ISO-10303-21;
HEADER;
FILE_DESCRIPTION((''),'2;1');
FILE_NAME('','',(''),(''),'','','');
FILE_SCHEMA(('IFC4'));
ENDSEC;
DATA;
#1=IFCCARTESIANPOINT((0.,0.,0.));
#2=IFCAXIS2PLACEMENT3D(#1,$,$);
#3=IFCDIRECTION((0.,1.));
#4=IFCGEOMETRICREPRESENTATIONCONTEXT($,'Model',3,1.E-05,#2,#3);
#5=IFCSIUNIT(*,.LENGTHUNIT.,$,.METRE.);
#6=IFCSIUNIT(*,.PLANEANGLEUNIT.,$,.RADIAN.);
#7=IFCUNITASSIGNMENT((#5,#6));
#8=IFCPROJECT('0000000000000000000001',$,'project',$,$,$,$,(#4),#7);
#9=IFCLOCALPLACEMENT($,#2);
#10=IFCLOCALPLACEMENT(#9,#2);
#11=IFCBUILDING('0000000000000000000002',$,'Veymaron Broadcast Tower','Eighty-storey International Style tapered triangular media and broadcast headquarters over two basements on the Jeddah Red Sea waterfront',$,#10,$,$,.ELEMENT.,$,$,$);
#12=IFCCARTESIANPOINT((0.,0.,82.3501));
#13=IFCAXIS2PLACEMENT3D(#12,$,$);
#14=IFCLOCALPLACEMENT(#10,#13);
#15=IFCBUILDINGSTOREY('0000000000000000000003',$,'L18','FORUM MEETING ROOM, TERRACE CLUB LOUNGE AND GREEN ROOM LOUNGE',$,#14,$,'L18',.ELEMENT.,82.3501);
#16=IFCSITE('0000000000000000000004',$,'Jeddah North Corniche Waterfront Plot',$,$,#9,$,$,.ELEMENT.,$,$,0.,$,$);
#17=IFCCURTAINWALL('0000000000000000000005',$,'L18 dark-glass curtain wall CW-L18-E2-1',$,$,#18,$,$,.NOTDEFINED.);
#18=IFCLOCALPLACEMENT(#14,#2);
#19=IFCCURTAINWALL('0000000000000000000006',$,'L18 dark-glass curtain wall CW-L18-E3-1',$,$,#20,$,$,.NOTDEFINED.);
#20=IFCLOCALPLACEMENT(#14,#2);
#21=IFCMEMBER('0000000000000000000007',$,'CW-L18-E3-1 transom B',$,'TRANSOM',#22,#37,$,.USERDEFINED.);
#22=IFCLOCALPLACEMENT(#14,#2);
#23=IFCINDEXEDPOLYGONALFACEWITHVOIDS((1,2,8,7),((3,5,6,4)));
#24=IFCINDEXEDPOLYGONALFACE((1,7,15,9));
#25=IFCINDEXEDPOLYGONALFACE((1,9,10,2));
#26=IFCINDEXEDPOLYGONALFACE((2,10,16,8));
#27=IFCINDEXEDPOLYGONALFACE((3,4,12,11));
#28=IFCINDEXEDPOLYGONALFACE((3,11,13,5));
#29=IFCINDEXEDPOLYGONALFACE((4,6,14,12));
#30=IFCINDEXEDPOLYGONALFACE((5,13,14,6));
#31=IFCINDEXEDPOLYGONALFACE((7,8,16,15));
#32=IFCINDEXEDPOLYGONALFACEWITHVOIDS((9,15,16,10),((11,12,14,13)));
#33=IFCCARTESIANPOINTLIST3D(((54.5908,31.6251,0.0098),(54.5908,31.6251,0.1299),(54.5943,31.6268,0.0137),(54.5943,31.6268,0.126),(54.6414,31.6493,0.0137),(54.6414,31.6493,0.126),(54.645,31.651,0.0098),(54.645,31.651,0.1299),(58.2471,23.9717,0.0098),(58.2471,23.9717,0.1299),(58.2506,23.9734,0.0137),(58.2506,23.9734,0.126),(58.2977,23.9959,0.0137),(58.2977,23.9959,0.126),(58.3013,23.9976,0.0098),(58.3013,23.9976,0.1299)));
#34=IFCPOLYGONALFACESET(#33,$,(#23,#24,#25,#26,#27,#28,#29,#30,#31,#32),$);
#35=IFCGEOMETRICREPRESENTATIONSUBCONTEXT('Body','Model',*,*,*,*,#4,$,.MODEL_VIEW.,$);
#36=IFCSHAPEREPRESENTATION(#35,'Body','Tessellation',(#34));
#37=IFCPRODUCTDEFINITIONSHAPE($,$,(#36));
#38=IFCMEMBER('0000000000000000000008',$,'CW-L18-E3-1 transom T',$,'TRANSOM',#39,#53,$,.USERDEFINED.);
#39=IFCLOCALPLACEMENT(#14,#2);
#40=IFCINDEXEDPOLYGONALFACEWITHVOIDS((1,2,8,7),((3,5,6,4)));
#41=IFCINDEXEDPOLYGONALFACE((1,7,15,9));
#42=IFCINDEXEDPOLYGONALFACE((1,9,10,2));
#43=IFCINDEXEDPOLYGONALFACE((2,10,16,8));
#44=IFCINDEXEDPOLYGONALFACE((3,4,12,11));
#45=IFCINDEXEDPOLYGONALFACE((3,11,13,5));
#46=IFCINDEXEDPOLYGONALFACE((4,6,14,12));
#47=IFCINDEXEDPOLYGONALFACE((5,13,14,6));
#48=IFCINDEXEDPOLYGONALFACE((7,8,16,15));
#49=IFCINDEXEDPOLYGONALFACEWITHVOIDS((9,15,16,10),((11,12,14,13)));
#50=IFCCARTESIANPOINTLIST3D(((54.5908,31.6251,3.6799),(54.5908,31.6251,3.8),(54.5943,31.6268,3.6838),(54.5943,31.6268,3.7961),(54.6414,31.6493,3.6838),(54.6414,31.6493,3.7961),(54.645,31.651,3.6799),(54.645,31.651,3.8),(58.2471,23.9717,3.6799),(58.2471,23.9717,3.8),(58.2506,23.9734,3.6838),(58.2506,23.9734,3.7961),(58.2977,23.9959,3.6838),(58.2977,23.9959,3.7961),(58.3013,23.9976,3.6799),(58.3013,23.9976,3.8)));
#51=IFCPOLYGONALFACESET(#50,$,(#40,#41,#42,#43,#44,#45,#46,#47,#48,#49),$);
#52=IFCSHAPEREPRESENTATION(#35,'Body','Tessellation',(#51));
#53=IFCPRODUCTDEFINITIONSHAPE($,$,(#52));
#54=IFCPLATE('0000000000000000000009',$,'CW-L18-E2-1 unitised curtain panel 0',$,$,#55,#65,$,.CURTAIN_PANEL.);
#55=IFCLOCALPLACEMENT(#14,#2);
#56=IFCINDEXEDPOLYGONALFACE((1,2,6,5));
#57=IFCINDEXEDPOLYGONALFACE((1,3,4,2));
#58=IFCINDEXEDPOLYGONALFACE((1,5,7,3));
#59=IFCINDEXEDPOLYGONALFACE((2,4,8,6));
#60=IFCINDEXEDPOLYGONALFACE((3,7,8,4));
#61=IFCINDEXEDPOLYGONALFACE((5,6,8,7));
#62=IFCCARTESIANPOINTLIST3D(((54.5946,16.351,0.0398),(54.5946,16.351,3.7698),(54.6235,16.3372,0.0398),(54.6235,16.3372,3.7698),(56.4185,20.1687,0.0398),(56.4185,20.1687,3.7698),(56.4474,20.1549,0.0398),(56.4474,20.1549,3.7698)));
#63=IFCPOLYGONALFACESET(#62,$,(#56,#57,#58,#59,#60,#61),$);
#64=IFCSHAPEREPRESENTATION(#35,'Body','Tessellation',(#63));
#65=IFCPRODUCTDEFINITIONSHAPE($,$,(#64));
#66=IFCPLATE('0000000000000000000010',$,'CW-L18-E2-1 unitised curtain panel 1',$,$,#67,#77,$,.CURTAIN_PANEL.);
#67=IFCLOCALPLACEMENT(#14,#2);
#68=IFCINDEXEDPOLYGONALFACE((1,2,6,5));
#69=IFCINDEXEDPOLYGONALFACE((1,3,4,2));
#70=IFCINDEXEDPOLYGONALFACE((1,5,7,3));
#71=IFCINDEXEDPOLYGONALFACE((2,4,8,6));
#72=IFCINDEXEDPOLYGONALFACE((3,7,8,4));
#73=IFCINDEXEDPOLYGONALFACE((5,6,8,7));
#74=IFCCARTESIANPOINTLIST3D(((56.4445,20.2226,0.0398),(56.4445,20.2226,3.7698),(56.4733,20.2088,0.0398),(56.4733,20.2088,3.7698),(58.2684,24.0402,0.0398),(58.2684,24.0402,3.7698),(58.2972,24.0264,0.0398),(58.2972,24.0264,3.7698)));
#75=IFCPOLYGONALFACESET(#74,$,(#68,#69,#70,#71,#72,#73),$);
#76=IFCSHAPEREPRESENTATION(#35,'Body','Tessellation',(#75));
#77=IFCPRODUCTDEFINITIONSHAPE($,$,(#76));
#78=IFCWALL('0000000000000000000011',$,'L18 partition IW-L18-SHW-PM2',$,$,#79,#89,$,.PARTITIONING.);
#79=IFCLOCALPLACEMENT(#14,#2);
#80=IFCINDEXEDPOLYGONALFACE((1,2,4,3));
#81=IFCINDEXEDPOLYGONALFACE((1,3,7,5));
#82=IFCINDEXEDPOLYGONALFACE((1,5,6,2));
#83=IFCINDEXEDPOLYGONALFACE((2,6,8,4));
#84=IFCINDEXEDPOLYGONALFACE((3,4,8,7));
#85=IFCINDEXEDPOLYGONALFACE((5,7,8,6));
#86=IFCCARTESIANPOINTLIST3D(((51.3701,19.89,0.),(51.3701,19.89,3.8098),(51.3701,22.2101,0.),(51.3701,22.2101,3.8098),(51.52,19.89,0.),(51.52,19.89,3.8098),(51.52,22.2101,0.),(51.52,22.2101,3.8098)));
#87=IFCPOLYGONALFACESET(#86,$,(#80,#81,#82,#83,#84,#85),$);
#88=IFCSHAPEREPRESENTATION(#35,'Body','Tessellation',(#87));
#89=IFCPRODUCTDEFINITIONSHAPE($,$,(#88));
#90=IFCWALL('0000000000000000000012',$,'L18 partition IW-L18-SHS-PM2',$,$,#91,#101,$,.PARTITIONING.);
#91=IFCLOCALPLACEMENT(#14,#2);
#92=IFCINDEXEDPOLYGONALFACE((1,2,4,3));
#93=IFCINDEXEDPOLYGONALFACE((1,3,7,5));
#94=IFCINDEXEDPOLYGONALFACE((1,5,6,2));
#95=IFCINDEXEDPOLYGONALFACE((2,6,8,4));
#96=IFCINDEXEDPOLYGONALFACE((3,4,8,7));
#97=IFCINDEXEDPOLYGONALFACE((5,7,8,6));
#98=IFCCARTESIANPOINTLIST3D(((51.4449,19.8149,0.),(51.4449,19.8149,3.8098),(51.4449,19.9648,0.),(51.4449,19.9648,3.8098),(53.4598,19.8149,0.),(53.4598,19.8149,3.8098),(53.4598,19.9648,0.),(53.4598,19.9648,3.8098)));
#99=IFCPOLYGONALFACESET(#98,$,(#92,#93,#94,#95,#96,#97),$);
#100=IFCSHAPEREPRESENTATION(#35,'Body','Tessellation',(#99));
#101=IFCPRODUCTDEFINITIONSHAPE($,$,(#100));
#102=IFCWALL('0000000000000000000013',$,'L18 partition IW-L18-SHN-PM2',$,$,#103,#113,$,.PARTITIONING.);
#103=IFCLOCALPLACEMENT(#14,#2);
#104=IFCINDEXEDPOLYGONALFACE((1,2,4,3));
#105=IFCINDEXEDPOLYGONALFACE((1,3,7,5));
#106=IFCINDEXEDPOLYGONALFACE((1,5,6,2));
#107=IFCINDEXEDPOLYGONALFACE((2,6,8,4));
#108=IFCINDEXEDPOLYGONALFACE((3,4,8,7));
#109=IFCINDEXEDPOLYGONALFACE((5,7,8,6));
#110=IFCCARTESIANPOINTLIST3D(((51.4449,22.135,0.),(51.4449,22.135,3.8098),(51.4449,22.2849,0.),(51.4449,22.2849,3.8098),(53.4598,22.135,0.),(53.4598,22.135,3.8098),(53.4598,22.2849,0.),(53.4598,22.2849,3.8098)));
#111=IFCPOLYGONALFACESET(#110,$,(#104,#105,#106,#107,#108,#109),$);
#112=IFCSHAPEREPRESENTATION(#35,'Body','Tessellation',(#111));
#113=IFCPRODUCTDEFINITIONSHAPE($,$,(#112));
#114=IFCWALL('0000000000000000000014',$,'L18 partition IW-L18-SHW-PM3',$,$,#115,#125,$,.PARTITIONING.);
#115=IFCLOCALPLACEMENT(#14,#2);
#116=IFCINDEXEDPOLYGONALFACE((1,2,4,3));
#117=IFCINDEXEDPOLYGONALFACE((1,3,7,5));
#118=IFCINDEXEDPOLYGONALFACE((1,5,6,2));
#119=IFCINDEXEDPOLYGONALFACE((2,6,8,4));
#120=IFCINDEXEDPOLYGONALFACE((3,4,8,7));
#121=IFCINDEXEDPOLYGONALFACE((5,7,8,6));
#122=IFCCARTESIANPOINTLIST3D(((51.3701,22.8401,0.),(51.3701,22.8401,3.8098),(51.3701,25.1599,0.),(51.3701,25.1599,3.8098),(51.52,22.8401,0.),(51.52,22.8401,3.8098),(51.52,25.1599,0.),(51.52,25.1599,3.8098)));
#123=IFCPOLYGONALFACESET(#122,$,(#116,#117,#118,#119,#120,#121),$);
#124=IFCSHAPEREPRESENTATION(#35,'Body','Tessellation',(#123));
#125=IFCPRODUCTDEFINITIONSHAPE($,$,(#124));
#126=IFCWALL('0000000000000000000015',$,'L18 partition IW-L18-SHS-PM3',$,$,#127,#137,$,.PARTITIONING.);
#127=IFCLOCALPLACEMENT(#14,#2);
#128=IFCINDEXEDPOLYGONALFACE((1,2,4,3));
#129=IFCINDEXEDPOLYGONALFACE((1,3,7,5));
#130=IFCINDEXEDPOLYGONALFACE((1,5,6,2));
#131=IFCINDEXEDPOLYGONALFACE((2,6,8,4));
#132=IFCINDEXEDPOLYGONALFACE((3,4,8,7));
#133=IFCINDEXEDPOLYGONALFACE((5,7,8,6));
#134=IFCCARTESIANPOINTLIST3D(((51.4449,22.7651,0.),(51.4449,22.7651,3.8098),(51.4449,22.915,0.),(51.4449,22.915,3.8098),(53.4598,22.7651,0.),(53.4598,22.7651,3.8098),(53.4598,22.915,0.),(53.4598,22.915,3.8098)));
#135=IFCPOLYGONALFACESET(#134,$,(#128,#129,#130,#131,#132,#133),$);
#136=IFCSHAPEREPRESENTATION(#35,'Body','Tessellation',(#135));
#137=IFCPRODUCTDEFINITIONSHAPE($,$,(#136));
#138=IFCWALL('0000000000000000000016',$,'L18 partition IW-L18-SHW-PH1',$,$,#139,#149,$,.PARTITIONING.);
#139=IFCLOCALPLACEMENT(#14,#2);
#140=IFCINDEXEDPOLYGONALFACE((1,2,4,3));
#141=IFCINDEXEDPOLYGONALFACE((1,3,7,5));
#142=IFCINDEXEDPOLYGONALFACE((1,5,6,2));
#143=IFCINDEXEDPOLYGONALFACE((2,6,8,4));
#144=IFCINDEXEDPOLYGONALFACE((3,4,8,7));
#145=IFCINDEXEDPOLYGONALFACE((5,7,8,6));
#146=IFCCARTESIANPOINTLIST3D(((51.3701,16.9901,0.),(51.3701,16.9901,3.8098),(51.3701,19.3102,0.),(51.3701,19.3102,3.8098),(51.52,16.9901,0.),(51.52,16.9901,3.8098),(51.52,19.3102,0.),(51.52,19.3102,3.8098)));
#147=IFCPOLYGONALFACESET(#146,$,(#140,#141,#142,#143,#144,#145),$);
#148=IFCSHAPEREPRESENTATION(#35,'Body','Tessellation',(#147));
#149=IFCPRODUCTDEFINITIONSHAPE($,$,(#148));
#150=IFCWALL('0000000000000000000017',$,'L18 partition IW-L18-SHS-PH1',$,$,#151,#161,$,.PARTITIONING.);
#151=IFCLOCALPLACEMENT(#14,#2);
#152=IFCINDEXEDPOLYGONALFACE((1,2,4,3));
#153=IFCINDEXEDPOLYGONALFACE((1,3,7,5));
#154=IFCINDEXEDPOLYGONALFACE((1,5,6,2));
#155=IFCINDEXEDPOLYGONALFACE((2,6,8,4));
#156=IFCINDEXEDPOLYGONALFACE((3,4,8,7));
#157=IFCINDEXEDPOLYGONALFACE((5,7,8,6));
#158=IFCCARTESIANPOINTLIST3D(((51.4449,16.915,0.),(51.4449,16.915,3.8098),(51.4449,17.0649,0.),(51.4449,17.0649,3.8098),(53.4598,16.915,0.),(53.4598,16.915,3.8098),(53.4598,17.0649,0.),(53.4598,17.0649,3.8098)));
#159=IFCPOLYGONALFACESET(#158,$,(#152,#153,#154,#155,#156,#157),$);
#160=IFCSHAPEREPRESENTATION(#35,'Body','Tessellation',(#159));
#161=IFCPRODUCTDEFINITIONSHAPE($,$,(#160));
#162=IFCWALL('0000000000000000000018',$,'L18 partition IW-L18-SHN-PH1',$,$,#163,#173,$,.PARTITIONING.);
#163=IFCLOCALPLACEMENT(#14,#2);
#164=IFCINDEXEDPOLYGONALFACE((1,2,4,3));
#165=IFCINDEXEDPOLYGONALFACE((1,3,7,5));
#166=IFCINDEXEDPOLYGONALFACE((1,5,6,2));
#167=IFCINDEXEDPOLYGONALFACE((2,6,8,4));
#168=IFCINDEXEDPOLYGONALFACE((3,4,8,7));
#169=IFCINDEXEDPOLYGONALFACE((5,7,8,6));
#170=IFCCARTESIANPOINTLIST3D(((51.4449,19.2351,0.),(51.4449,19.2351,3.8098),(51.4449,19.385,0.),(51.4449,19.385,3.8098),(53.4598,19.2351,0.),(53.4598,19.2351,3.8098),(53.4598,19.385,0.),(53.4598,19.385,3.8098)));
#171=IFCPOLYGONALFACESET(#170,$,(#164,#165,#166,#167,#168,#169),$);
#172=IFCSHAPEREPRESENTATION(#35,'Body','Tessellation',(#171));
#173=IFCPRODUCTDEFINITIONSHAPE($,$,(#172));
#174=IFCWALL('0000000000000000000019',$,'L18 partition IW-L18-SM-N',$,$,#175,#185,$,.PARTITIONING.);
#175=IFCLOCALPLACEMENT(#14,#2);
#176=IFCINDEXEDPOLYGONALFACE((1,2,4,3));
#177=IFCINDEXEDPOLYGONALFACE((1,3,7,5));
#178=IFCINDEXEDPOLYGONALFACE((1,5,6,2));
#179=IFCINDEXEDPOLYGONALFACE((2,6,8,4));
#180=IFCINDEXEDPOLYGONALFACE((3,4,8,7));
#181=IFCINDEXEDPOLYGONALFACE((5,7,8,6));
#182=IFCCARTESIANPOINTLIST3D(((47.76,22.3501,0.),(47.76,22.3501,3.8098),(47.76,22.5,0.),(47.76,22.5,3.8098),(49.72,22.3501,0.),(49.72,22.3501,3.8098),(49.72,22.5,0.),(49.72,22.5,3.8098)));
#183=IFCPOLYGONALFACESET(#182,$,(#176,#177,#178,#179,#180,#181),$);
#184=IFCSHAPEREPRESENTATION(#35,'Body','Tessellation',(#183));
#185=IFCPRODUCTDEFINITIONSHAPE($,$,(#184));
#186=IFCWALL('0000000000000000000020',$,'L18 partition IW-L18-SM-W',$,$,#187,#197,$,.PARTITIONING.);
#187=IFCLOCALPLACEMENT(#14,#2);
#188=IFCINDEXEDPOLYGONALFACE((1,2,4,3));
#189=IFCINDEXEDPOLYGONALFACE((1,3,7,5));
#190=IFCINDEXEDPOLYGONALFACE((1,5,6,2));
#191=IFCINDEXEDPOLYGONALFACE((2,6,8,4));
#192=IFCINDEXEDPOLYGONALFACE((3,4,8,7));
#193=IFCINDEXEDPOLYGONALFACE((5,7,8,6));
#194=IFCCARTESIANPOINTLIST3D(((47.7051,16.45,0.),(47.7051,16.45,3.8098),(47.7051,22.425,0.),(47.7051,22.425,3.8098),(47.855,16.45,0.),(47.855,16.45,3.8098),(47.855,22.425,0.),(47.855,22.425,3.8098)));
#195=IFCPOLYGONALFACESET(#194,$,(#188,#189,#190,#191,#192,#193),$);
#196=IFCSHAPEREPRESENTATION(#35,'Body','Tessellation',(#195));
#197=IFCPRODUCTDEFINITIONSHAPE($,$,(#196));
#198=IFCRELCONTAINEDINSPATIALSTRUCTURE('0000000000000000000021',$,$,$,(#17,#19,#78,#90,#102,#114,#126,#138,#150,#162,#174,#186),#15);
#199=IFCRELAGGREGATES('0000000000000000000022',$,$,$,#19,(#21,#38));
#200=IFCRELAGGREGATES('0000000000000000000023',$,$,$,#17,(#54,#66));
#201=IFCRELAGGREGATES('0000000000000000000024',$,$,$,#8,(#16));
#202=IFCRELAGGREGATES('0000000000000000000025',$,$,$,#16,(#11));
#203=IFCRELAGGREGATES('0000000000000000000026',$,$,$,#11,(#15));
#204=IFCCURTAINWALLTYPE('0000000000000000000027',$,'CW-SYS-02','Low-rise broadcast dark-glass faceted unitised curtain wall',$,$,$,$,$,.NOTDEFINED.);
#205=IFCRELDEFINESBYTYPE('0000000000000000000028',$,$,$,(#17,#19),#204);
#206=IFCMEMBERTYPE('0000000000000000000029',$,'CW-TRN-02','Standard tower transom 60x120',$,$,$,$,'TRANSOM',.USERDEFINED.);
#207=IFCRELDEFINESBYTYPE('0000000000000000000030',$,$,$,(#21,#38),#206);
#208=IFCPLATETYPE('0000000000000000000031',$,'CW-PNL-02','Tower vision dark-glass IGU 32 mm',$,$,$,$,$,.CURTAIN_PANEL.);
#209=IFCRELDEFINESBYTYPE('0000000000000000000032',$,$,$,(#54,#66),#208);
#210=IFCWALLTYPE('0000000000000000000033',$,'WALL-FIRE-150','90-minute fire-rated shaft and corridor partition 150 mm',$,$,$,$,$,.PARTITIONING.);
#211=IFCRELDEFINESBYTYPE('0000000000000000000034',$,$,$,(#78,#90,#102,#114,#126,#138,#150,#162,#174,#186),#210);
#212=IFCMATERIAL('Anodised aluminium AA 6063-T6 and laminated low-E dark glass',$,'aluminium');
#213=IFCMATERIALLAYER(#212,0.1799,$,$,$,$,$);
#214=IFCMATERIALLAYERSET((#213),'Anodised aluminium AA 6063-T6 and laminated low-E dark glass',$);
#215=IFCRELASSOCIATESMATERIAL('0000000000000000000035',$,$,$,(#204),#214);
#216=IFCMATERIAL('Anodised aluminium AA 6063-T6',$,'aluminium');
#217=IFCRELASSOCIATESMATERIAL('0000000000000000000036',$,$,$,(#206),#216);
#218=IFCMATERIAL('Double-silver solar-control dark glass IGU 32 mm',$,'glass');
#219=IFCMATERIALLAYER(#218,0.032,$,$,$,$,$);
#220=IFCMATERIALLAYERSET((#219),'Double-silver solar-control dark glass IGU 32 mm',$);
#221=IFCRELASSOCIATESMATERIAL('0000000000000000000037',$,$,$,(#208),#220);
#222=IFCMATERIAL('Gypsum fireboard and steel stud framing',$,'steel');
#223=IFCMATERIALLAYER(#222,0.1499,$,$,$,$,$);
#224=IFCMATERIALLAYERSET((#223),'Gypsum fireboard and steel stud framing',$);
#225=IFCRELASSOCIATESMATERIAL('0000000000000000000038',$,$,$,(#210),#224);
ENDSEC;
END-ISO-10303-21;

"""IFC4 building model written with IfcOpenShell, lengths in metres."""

from ifc_helpers import new_model, si_unit, direction, frame, frame_2d, origin, origin_2d, place, context, subcontext, project, spatial, rectangle, hollow_rectangle, extrude, material, layer, layer_set, material_profile, profile_set, type_object, element, aggregate, save


model = new_model("IFC4")

# Units and contexts
model_context = context("Model", 3, precision=1e-05, world=origin(), true_north=direction((0.0, 1.0)))
body_context = subcontext(model_context, "Body", "Model", "MODEL_VIEW")
ifc_project = project(units=[si_unit("LENGTHUNIT", "METRE"), si_unit("PLANEANGLEUNIT", "RADIAN")], contexts=[model_context])

# Site, building, storey
site_placement = place(None, origin())
site = spatial("IfcSite", under=ifc_project, at=site_placement, Name="Jeddah North Corniche Waterfront Plot", CompositionType="ELEMENT", RefElevation=0.0)
building_placement = place(site_placement, origin())
building = spatial("IfcBuilding", under=site, at=building_placement, Name="Veymaron Broadcast Tower", Description="Eighty-storey International Style tapered triangular media and broadcast headquarters over two basements on the Jeddah Red Sea waterfront", CompositionType="ELEMENT")
storey_placement = place(building_placement, frame((0.0, 0.0, 82.3501)))
storey = spatial("IfcBuildingStorey", under=building, at=storey_placement, Name="L18", Description="FORUM MEETING ROOM, TERRACE CLUB LOUNGE AND GREEN ROOM LOUNGE", LongName="L18", CompositionType="ELEMENT", Elevation=82.3501)

# Curtain wall
ifc_material_1 = material(Name="Anodised aluminium AA 6063-T6 and laminated low-E dark glass", Category="aluminium")
ifc_layer_1 = layer(ifc_material_1, 0.1799)
ifc_layer_set_1 = layer_set([ifc_layer_1], Name="Anodised aluminium AA 6063-T6 and laminated low-E dark glass")
curtain_wall_type = type_object("IfcCurtainWallType", Name="CW-SYS-02", Description="Low-rise broadcast dark-glass faceted unitised curtain wall", PredefinedType="NOTDEFINED", material=ifc_layer_set_1)
curtain_wall_1_placement = place(storey_placement, origin())
curtain_wall_1 = element("IfcCurtainWall", 1, at=curtain_wall_1_placement, inside=storey, type_object=curtain_wall_type, Name="L18 dark-glass curtain wall CW-L18-E2-1", PredefinedType="NOTDEFINED")
ifc_material_2 = material(Name="Anodised aluminium AA 6063-T6", Category="aluminium")

# Curtain wall
curtain_wall_2_placement = place(storey_placement, origin())
curtain_wall_2 = element("IfcCurtainWall", 2, at=curtain_wall_2_placement, inside=storey, type_object=curtain_wall_type, Name="L18 dark-glass curtain wall CW-L18-E3-1", PredefinedType="NOTDEFINED")

# Members
ifc_material_profile_1 = material_profile(ifc_material_2, hollow_rectangle(XDim=0.0601, YDim=0.1201, WallThickness=0.0039, at=origin_2d()), Name="AL120X60X4")
ifc_profile_set_1 = profile_set([ifc_material_profile_1], Name="Anodised aluminium AA 6063-T6")
member_type_1 = type_object("IfcMemberType", Name="CW-TRN-02", Description="Standard tower transom 60x120", ElementType="TRANSOM", PredefinedType="USERDEFINED", material=ifc_profile_set_1)
member_1_placement = place(storey_placement, frame((58.2742, 23.9846, 0.0698), z_axis=(-0.431068, 0.902319, 0.0), x_axis=(-0.902319, -0.431068, 0.0)))
member_1 = element("IfcMember", 3, at=member_1_placement, type_object=member_type_1, Name="CW-L18-E3-1 transom B", ObjectType="TRANSOM", PredefinedType="USERDEFINED", context=body_context, shape_type="SweptSolid", body=[
    extrude(hollow_rectangle(XDim=0.0601, YDim=0.1201, WallThickness=0.0039, at=origin_2d()), origin(), (0.0, 0.0, 1.0), 8.4819),
])
member_2_placement = place(storey_placement, frame((58.2742, 23.9846, 3.74), z_axis=(-0.431068, 0.902319, 0.0), x_axis=(-0.902319, -0.431068, 0.0)))
member_2 = element("IfcMember", 4, at=member_2_placement, type_object=member_type_1, Name="CW-L18-E3-1 transom T", ObjectType="TRANSOM", PredefinedType="USERDEFINED", context=body_context, shape_type="SweptSolid", body=[
    extrude(hollow_rectangle(XDim=0.0601, YDim=0.1201, WallThickness=0.0039, at=origin_2d()), origin(), (0.0, 0.0, 1.0), 8.4819),
])
aggregate(curtain_wall_2, [member_1, member_2])

# Plates
ifc_material_3 = material(Name="Double-silver solar-control dark glass IGU 32 mm", Category="glass")
ifc_layer_2 = layer(ifc_material_3, 0.032)
ifc_layer_set_2 = layer_set([ifc_layer_2], Name="Double-silver solar-control dark glass IGU 32 mm")
plate_type = type_object("IfcPlateType", Name="CW-PNL-02", Description="Tower vision dark-glass IGU 32 mm", PredefinedType="CURTAIN_PANEL", material=ifc_layer_set_2)
plate_1_placement = place(storey_placement, frame((55.521, 18.2529, 0.0398), z_axis=(0.0, 0.0, 1.0), x_axis=(0.431078, 0.902315, 0.0)))
plate_1 = element("IfcPlate", 5, at=plate_1_placement, type_object=plate_type, Name="CW-L18-E2-1 unitised curtain panel 0", PredefinedType="CURTAIN_PANEL", context=body_context, shape_type="SweptSolid", body=[
    extrude(rectangle(XDim=4.231, YDim=0.032, at=origin_2d()), origin(), (0.0, 0.0, 1.0), 3.73),
])
plate_2_placement = place(storey_placement, frame((57.3708, 22.1245, 0.0398), z_axis=(0.0, 0.0, 1.0), x_axis=(0.431078, 0.902315, 0.0)))
plate_2 = element("IfcPlate", 6, at=plate_2_placement, type_object=plate_type, Name="CW-L18-E2-1 unitised curtain panel 1", PredefinedType="CURTAIN_PANEL", context=body_context, shape_type="SweptSolid", body=[
    extrude(rectangle(XDim=4.231, YDim=0.032, at=origin_2d()), origin(), (0.0, 0.0, 1.0), 3.73),
])
aggregate(curtain_wall_1, [plate_1, plate_2])

# Walls
ifc_material_4 = material(Name="Gypsum fireboard and steel stud framing", Category="steel")
ifc_layer_3 = layer(ifc_material_4, 0.1499)
ifc_layer_set_3 = layer_set([ifc_layer_3], Name="Gypsum fireboard and steel stud framing")
wall_type_1 = type_object("IfcWallType", Name="WALL-FIRE-150", Description="90-minute fire-rated shaft and corridor partition 150 mm", PredefinedType="PARTITIONING", material=ifc_layer_set_3)
wall_1_placement = place(storey_placement, frame((51.4451, 19.8899, 0.0), z_axis=(0.0, 0.0, 1.0), x_axis=(0.0, 1.0, 0.0)))
element("IfcWall", 7, at=wall_1_placement, inside=storey, type_object=wall_type_1, Name="L18 partition IW-L18-SHW-PM2", PredefinedType="PARTITIONING", context=body_context, shape_type="SweptSolid", body=[
    extrude(rectangle(XDim=2.3201, YDim=0.1499, at=frame_2d((1.1602, 0.0))), origin(), (0.0, 0.0, 1.0), 3.8098),
])
for number, where, z_axis, x_axis, name in (
    (8, (51.4451, 19.8899, 0.0), (0.0, 0.0, 1.0), (1.0, 0.0, 0.0), "L18 partition IW-L18-SHS-PM2"),
    (9, (51.4451, 22.21, 0.0), (0.0, 0.0, 1.0), (1.0, 0.0, 0.0), "L18 partition IW-L18-SHN-PM2"),
):
    element("IfcWall", number, at=place(storey_placement, frame(where, z_axis=z_axis, x_axis=x_axis)), inside=storey, type_object=wall_type_1, Name=name, PredefinedType="PARTITIONING", context=body_context, shape_type="SweptSolid", body=[
        extrude(rectangle(XDim=2.0149, YDim=0.1499, at=frame_2d((1.0073, 0.0))), origin(), (0.0, 0.0, 1.0), 3.8098),
    ])
wall_2_placement = place(storey_placement, frame((51.4451, 22.8401, 0.0), z_axis=(0.0, 0.0, 1.0), x_axis=(0.0, 1.0, 0.0)))
element("IfcWall", 10, at=wall_2_placement, inside=storey, type_object=wall_type_1, Name="L18 partition IW-L18-SHW-PM3", PredefinedType="PARTITIONING", context=body_context, shape_type="SweptSolid", body=[
    extrude(rectangle(XDim=2.3198, YDim=0.1499, at=frame_2d((1.1599, 0.0))), origin(), (0.0, 0.0, 1.0), 3.8098),
])
wall_3_placement = place(storey_placement, frame((51.4451, 22.8401, 0.0), z_axis=(0.0, 0.0, 1.0), x_axis=(1.0, 0.0, 0.0)))
element("IfcWall", 11, at=wall_3_placement, inside=storey, type_object=wall_type_1, Name="L18 partition IW-L18-SHS-PM3", PredefinedType="PARTITIONING", context=body_context, shape_type="SweptSolid", body=[
    extrude(rectangle(XDim=2.0149, YDim=0.1499, at=frame_2d((1.0073, 0.0))), origin(), (0.0, 0.0, 1.0), 3.8098),
])
wall_4_placement = place(storey_placement, frame((51.4451, 16.99, 0.0), z_axis=(0.0, 0.0, 1.0), x_axis=(0.0, 1.0, 0.0)))
element("IfcWall", 12, at=wall_4_placement, inside=storey, type_object=wall_type_1, Name="L18 partition IW-L18-SHW-PH1", PredefinedType="PARTITIONING", context=body_context, shape_type="SweptSolid", body=[
    extrude(rectangle(XDim=2.3201, YDim=0.1499, at=frame_2d((1.1602, 0.0))), origin(), (0.0, 0.0, 1.0), 3.8098),
])
for number, where, z_axis, x_axis, name in (
    (13, (51.4451, 16.99, 0.0), (0.0, 0.0, 1.0), (1.0, 0.0, 0.0), "L18 partition IW-L18-SHS-PH1"),
    (14, (51.4451, 19.3101, 0.0), (0.0, 0.0, 1.0), (1.0, 0.0, 0.0), "L18 partition IW-L18-SHN-PH1"),
):
    element("IfcWall", number, at=place(storey_placement, frame(where, z_axis=z_axis, x_axis=x_axis)), inside=storey, type_object=wall_type_1, Name=name, PredefinedType="PARTITIONING", context=body_context, shape_type="SweptSolid", body=[
        extrude(rectangle(XDim=2.0149, YDim=0.1499, at=frame_2d((1.0073, 0.0))), origin(), (0.0, 0.0, 1.0), 3.8098),
    ])

# Walls
wall_5_placement = place(storey_placement, frame((47.76, 22.425, 0.0), z_axis=(0.0, 0.0, 1.0), x_axis=(1.0, 0.0, 0.0)))
element("IfcWall", 15, at=wall_5_placement, inside=storey, type_object=wall_type_1, Name="L18 partition IW-L18-SM-N", PredefinedType="PARTITIONING", context=body_context, shape_type="SweptSolid", body=[
    extrude(rectangle(XDim=1.96, YDim=0.1499, at=frame_2d((0.98, 0.0))), origin(), (0.0, 0.0, 1.0), 3.8098),
])
wall_6_placement = place(storey_placement, frame((47.78, 16.45, 0.0), z_axis=(0.0, 0.0, 1.0), x_axis=(0.0, 1.0, 0.0)))
element("IfcWall", 16, at=wall_6_placement, inside=storey, type_object=wall_type_1, Name="L18 partition IW-L18-SM-W", PredefinedType="PARTITIONING", context=body_context, shape_type="SweptSolid", body=[
    extrude(rectangle(XDim=5.9751, YDim=0.1499, at=frame_2d((2.9875, 0.0))), origin(), (0.0, 0.0, 1.0), 3.8098),
])

save(model, "model.ifc")
